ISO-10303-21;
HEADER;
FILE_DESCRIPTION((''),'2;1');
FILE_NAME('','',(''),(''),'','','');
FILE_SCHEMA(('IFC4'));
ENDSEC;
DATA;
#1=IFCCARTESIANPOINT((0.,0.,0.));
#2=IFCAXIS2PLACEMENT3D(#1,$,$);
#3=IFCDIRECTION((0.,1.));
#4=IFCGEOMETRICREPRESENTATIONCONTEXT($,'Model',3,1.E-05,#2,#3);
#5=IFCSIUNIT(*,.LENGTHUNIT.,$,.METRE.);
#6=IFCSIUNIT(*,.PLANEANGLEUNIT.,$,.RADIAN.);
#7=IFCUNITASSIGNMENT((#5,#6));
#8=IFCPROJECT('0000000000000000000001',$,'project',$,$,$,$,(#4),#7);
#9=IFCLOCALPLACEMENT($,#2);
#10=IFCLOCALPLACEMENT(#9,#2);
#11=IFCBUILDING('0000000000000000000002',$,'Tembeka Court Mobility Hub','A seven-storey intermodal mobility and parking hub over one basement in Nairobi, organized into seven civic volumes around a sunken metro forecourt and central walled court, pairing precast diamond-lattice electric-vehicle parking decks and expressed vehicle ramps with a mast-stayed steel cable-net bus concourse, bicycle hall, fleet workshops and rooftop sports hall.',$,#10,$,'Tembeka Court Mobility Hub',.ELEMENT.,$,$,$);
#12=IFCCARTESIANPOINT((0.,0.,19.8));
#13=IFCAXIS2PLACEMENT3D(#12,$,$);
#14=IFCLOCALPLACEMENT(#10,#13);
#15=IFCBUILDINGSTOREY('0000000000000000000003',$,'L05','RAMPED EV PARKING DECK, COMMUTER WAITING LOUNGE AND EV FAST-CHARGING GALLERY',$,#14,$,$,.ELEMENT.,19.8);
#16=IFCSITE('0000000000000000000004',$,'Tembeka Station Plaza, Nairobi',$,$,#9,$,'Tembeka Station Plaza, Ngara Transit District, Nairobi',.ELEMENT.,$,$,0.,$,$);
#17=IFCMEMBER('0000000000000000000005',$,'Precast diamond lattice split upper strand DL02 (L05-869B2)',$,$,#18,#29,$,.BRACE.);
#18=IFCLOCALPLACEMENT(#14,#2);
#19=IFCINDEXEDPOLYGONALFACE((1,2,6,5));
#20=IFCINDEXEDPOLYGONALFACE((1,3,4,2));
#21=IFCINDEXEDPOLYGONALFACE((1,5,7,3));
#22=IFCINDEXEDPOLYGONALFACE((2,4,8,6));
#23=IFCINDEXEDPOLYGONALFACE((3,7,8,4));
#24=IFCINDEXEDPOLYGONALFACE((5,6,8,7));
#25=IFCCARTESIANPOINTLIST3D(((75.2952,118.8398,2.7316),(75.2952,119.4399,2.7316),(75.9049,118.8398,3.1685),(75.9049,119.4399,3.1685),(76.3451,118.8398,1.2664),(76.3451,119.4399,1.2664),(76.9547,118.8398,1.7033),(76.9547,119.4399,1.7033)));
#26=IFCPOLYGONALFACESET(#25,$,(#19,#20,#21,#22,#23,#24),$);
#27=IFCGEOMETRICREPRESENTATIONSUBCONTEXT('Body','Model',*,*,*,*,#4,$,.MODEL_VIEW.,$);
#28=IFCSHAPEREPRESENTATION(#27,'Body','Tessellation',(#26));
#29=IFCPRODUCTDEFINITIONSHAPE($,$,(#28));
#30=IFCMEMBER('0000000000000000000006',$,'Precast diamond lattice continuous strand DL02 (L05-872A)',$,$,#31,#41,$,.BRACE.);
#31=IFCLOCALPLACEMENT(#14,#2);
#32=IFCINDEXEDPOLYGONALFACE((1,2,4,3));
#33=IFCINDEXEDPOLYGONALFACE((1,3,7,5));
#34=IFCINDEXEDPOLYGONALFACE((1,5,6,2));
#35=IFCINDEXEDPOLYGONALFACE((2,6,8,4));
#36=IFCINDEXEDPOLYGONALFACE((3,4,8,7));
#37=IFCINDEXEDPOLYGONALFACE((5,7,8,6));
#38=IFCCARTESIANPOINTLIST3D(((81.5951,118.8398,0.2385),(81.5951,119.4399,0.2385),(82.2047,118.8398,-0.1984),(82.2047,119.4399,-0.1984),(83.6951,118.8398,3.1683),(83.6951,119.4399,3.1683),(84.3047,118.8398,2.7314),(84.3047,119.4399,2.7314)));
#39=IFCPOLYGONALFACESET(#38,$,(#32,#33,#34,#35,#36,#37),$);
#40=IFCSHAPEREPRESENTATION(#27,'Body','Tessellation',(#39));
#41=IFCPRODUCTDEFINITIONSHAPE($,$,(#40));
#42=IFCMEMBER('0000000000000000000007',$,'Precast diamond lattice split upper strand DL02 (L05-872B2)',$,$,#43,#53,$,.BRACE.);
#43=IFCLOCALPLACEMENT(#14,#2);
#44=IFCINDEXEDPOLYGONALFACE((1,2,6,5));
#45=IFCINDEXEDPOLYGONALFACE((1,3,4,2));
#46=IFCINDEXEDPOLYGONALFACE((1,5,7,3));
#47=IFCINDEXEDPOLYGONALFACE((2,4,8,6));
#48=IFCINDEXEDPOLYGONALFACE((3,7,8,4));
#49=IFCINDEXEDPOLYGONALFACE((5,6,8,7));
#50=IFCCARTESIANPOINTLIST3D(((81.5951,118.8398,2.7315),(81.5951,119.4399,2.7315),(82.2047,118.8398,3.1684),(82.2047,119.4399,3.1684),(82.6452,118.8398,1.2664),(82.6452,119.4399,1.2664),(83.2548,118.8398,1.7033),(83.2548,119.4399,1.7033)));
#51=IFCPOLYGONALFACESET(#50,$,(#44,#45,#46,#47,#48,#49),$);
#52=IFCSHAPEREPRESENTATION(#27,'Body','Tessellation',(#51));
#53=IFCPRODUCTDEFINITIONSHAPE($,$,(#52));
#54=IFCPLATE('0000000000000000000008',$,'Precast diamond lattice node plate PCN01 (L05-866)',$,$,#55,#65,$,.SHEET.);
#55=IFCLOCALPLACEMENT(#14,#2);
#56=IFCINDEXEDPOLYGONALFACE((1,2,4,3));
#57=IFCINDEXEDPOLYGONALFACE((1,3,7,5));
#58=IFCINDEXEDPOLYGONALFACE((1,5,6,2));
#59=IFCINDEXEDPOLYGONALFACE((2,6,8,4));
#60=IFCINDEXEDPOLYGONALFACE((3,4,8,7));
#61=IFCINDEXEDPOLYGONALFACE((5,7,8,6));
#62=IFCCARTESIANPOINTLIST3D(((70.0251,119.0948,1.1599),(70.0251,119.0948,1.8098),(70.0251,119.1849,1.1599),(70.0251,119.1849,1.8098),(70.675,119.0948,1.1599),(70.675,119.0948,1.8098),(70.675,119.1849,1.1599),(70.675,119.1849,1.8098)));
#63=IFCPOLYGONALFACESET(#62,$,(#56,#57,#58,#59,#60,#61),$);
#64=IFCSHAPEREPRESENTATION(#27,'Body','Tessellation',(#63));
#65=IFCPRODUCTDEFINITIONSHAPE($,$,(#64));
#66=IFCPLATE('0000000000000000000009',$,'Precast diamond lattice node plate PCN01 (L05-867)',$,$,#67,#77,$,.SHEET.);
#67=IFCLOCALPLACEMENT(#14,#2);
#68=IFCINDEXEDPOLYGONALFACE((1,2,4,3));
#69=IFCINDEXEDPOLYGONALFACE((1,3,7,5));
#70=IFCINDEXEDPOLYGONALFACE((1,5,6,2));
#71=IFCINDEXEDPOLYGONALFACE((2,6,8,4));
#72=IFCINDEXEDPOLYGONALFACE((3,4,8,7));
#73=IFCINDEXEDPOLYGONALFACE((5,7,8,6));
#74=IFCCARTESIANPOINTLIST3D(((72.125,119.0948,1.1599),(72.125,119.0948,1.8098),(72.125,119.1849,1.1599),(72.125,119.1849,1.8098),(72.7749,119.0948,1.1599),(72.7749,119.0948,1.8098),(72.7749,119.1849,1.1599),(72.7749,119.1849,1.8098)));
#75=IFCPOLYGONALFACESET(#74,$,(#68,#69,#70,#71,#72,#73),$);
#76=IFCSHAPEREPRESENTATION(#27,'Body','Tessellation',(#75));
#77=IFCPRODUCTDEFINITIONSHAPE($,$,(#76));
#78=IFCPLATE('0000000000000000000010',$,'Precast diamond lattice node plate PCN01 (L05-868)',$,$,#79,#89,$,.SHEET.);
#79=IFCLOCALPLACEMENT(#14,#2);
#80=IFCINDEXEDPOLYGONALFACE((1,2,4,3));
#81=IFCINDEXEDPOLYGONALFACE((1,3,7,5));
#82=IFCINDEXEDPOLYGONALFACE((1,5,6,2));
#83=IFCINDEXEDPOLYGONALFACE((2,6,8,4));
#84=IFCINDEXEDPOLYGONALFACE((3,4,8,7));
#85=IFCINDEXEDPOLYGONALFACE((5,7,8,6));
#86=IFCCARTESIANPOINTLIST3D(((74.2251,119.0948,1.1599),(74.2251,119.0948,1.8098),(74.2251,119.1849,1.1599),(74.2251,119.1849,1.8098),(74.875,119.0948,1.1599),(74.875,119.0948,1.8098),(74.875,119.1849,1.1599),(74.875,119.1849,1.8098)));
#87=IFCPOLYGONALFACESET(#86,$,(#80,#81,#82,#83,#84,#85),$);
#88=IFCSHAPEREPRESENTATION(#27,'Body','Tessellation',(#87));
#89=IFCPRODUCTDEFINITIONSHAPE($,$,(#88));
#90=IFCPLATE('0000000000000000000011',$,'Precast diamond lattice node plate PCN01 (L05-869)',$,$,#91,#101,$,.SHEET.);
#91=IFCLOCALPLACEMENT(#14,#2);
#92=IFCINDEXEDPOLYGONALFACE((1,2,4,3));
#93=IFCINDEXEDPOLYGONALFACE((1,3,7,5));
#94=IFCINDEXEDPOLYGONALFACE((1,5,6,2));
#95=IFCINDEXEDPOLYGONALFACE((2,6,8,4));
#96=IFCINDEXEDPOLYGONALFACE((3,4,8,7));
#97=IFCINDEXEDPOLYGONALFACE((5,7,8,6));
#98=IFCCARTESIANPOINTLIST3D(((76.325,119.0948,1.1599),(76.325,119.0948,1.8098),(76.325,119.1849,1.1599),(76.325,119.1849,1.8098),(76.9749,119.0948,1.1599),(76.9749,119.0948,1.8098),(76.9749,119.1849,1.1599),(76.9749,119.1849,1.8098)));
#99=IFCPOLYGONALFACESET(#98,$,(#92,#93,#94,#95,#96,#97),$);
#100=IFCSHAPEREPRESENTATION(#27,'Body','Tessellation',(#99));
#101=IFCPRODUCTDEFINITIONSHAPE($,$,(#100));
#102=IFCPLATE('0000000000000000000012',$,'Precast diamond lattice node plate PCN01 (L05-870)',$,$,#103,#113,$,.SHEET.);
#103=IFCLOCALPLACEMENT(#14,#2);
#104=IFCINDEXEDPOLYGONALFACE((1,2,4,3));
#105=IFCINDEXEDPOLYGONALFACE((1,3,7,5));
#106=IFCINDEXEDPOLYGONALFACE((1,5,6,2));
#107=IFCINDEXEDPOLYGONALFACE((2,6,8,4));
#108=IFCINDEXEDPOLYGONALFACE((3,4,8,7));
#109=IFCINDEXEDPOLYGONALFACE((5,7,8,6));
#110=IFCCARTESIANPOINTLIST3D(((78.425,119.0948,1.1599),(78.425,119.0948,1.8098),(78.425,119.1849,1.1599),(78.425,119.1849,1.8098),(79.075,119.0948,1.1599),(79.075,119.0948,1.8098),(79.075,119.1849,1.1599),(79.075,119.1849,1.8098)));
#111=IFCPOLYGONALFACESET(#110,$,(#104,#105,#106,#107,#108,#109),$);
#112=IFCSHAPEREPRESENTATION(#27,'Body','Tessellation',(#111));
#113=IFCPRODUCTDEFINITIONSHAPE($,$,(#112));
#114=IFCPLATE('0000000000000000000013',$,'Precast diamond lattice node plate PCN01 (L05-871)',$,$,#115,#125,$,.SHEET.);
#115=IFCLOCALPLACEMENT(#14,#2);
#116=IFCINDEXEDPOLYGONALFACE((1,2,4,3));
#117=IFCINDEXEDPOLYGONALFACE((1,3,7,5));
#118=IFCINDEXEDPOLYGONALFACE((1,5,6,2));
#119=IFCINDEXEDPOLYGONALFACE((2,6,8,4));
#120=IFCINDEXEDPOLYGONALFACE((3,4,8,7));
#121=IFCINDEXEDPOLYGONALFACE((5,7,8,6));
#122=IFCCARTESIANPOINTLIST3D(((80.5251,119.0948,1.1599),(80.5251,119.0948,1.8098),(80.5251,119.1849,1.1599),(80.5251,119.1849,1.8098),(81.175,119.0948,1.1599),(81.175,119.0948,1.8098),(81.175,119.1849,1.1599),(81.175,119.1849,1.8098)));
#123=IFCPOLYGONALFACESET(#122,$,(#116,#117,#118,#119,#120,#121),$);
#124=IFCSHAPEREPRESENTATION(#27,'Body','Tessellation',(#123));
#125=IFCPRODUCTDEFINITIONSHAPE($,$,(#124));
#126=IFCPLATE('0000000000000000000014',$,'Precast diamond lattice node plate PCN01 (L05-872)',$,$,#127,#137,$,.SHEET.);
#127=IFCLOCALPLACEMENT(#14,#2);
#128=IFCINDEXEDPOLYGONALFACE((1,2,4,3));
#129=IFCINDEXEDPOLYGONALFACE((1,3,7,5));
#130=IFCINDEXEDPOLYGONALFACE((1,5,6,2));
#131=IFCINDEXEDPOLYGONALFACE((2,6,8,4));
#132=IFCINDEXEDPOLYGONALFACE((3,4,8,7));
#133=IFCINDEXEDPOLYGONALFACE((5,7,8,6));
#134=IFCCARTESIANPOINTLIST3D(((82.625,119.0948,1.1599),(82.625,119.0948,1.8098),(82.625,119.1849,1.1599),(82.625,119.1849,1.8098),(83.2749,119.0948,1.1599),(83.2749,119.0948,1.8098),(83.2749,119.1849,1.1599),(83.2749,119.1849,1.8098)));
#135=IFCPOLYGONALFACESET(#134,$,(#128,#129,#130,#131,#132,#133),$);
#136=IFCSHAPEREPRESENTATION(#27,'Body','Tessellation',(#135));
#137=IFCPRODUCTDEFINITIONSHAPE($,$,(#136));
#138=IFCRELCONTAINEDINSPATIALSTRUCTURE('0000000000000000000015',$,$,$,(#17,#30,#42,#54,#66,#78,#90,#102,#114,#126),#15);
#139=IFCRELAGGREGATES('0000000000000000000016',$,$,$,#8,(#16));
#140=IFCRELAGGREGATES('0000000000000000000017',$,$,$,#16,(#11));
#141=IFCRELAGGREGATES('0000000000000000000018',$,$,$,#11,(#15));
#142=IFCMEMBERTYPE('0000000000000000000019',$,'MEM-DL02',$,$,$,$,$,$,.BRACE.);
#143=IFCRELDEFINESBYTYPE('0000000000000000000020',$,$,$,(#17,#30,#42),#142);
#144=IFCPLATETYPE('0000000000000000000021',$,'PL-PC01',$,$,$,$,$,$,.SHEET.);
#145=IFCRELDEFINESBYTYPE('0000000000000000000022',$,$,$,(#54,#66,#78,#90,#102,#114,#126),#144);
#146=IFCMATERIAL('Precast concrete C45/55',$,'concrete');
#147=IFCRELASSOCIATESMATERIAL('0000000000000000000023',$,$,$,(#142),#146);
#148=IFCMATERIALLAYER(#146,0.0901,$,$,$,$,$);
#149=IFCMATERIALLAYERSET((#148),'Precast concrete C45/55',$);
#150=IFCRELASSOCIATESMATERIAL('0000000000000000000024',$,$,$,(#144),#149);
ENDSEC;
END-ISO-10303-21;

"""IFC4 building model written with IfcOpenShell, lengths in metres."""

from ifc_helpers import new_model, si_unit, direction, frame, origin, origin_2d, place, context, subcontext, project, spatial, rectangle, extrude, material, layer, layer_set, material_profile, profile_set, type_object, element, save


model = new_model("IFC4")

# Units and contexts
model_context = context("Model", 3, precision=1e-05, world=origin(), true_north=direction((0.0, 1.0)))
body_context = subcontext(model_context, "Body", "Model", "MODEL_VIEW")
ifc_project = project(units=[si_unit("LENGTHUNIT", "METRE"), si_unit("PLANEANGLEUNIT", "RADIAN")], contexts=[model_context])

# Site, building, storey
site_placement = place(None, origin())
site = spatial("IfcSite", under=ifc_project, at=site_placement, Name="Tembeka Station Plaza, Nairobi", LongName="Tembeka Station Plaza, Ngara Transit District, Nairobi", CompositionType="ELEMENT", RefElevation=0.0)
building_placement = place(site_placement, origin())
building = spatial("IfcBuilding", under=site, at=building_placement, Name="Tembeka Court Mobility Hub", Description="A seven-storey intermodal mobility and parking hub over one basement in Nairobi, organized into seven civic volumes around a sunken metro forecourt and central walled court, pairing precast diamond-lattice electric-vehicle parking decks and expressed vehicle ramps with a mast-stayed steel cable-net bus concourse, bicycle hall, fleet workshops and rooftop sports hall.", LongName="Tembeka Court Mobility Hub", CompositionType="ELEMENT")
storey_placement = place(building_placement, frame((0.0, 0.0, 19.8)))
storey = spatial("IfcBuildingStorey", under=building, at=storey_placement, Name="L05", Description="RAMPED EV PARKING DECK, COMMUTER WAITING LOUNGE AND EV FAST-CHARGING GALLERY", CompositionType="ELEMENT", Elevation=19.8)

# Members
ifc_material = material(Name="Precast concrete C45/55", Category="concrete")
ifc_material_profile_1 = material_profile(ifc_material, rectangle(XDim=0.6001, YDim=0.75, at=origin_2d()), Name="PC-DIAG 600x750")
ifc_profile_set_1 = profile_set([ifc_material_profile_1], Name="Precast concrete C45/55")
member_type_1 = type_object("IfcMemberType", Name="MEM-DL02", PredefinedType="BRACE", material=ifc_profile_set_1)
member_1_placement = place(storey_placement, frame((76.6499, 119.1399, 1.4849), z_axis=(-0.582455, 0.0, 0.812863), x_axis=(0.0, -1.0, 0.0)))
element("IfcMember", 1, at=member_1_placement, inside=storey, type_object=member_type_1, Name="Precast diamond lattice split upper strand DL02 (L05-869B2)", PredefinedType="BRACE", context=body_context, shape_type="SweptSolid", body=[
    extrude(rectangle(XDim=0.6001, YDim=0.75, at=origin_2d()), origin(), (0.0, 0.0, 1.0), 1.8025),
])
member_2_placement = place(storey_placement, frame((81.8999, 119.1399, 0.02), z_axis=(0.582576, 0.0, 0.812776), x_axis=(0.0, 1.0, 0.0)))
element("IfcMember", 2, at=member_2_placement, inside=storey, type_object=member_type_1, Name="Precast diamond lattice continuous strand DL02 (L05-872A)", PredefinedType="BRACE", context=body_context, shape_type="SweptSolid", body=[
    extrude(rectangle(XDim=0.6001, YDim=0.75, at=origin_2d()), origin(), (0.0, 0.0, 1.0), 3.6047),
])
member_3_placement = place(storey_placement, frame((82.95, 119.1399, 1.4849), z_axis=(-0.582544, 0.0, 0.812799), x_axis=(0.0, -1.0, 0.0)))
element("IfcMember", 3, at=member_3_placement, inside=storey, type_object=member_type_1, Name="Precast diamond lattice split upper strand DL02 (L05-872B2)", PredefinedType="BRACE", context=body_context, shape_type="SweptSolid", body=[
    extrude(rectangle(XDim=0.6001, YDim=0.75, at=origin_2d()), origin(), (0.0, 0.0, 1.0), 1.8025),
])

# Plates
ifc_layer = layer(ifc_material, 0.0901)
ifc_layer_set = layer_set([ifc_layer], Name="Precast concrete C45/55")
plate_type = type_object("IfcPlateType", Name="PL-PC01", PredefinedType="SHEET", material=ifc_layer_set)
for number, where, z_axis, x_axis, name in (
    (4, (70.3501, 119.1399, 1.1599), (0.0, 0.0, 1.0), (1.0, 0.0, 0.0), "Precast diamond lattice node plate PCN01 (L05-866)"),
    (5, (72.45, 119.1399, 1.1599), (0.0, 0.0, 1.0), (1.0, 0.0, 0.0), "Precast diamond lattice node plate PCN01 (L05-867)"),
    (6, (74.55, 119.1399, 1.1599), (0.0, 0.0, 1.0), (1.0, 0.0, 0.0), "Precast diamond lattice node plate PCN01 (L05-868)"),
    (7, (76.6499, 119.1399, 1.1599), (0.0, 0.0, 1.0), (1.0, 0.0, 0.0), "Precast diamond lattice node plate PCN01 (L05-869)"),
    (8, (78.75, 119.1399, 1.1599), (0.0, 0.0, 1.0), (1.0, 0.0, 0.0), "Precast diamond lattice node plate PCN01 (L05-870)"),
    (9, (80.8501, 119.1399, 1.1599), (0.0, 0.0, 1.0), (1.0, 0.0, 0.0), "Precast diamond lattice node plate PCN01 (L05-871)"),
    (10, (82.95, 119.1399, 1.1599), (0.0, 0.0, 1.0), (1.0, 0.0, 0.0), "Precast diamond lattice node plate PCN01 (L05-872)"),
):
    element("IfcPlate", number, at=place(storey_placement, frame(where, z_axis=z_axis, x_axis=x_axis)), inside=storey, type_object=plate_type, Name=name, PredefinedType="SHEET", context=body_context, shape_type="SweptSolid", body=[
        extrude(rectangle(XDim=0.6499, YDim=0.0901, at=origin_2d()), origin(), (0.0, 0.0, 1.0), 0.6499),
    ])

save(model, "model.ifc")
